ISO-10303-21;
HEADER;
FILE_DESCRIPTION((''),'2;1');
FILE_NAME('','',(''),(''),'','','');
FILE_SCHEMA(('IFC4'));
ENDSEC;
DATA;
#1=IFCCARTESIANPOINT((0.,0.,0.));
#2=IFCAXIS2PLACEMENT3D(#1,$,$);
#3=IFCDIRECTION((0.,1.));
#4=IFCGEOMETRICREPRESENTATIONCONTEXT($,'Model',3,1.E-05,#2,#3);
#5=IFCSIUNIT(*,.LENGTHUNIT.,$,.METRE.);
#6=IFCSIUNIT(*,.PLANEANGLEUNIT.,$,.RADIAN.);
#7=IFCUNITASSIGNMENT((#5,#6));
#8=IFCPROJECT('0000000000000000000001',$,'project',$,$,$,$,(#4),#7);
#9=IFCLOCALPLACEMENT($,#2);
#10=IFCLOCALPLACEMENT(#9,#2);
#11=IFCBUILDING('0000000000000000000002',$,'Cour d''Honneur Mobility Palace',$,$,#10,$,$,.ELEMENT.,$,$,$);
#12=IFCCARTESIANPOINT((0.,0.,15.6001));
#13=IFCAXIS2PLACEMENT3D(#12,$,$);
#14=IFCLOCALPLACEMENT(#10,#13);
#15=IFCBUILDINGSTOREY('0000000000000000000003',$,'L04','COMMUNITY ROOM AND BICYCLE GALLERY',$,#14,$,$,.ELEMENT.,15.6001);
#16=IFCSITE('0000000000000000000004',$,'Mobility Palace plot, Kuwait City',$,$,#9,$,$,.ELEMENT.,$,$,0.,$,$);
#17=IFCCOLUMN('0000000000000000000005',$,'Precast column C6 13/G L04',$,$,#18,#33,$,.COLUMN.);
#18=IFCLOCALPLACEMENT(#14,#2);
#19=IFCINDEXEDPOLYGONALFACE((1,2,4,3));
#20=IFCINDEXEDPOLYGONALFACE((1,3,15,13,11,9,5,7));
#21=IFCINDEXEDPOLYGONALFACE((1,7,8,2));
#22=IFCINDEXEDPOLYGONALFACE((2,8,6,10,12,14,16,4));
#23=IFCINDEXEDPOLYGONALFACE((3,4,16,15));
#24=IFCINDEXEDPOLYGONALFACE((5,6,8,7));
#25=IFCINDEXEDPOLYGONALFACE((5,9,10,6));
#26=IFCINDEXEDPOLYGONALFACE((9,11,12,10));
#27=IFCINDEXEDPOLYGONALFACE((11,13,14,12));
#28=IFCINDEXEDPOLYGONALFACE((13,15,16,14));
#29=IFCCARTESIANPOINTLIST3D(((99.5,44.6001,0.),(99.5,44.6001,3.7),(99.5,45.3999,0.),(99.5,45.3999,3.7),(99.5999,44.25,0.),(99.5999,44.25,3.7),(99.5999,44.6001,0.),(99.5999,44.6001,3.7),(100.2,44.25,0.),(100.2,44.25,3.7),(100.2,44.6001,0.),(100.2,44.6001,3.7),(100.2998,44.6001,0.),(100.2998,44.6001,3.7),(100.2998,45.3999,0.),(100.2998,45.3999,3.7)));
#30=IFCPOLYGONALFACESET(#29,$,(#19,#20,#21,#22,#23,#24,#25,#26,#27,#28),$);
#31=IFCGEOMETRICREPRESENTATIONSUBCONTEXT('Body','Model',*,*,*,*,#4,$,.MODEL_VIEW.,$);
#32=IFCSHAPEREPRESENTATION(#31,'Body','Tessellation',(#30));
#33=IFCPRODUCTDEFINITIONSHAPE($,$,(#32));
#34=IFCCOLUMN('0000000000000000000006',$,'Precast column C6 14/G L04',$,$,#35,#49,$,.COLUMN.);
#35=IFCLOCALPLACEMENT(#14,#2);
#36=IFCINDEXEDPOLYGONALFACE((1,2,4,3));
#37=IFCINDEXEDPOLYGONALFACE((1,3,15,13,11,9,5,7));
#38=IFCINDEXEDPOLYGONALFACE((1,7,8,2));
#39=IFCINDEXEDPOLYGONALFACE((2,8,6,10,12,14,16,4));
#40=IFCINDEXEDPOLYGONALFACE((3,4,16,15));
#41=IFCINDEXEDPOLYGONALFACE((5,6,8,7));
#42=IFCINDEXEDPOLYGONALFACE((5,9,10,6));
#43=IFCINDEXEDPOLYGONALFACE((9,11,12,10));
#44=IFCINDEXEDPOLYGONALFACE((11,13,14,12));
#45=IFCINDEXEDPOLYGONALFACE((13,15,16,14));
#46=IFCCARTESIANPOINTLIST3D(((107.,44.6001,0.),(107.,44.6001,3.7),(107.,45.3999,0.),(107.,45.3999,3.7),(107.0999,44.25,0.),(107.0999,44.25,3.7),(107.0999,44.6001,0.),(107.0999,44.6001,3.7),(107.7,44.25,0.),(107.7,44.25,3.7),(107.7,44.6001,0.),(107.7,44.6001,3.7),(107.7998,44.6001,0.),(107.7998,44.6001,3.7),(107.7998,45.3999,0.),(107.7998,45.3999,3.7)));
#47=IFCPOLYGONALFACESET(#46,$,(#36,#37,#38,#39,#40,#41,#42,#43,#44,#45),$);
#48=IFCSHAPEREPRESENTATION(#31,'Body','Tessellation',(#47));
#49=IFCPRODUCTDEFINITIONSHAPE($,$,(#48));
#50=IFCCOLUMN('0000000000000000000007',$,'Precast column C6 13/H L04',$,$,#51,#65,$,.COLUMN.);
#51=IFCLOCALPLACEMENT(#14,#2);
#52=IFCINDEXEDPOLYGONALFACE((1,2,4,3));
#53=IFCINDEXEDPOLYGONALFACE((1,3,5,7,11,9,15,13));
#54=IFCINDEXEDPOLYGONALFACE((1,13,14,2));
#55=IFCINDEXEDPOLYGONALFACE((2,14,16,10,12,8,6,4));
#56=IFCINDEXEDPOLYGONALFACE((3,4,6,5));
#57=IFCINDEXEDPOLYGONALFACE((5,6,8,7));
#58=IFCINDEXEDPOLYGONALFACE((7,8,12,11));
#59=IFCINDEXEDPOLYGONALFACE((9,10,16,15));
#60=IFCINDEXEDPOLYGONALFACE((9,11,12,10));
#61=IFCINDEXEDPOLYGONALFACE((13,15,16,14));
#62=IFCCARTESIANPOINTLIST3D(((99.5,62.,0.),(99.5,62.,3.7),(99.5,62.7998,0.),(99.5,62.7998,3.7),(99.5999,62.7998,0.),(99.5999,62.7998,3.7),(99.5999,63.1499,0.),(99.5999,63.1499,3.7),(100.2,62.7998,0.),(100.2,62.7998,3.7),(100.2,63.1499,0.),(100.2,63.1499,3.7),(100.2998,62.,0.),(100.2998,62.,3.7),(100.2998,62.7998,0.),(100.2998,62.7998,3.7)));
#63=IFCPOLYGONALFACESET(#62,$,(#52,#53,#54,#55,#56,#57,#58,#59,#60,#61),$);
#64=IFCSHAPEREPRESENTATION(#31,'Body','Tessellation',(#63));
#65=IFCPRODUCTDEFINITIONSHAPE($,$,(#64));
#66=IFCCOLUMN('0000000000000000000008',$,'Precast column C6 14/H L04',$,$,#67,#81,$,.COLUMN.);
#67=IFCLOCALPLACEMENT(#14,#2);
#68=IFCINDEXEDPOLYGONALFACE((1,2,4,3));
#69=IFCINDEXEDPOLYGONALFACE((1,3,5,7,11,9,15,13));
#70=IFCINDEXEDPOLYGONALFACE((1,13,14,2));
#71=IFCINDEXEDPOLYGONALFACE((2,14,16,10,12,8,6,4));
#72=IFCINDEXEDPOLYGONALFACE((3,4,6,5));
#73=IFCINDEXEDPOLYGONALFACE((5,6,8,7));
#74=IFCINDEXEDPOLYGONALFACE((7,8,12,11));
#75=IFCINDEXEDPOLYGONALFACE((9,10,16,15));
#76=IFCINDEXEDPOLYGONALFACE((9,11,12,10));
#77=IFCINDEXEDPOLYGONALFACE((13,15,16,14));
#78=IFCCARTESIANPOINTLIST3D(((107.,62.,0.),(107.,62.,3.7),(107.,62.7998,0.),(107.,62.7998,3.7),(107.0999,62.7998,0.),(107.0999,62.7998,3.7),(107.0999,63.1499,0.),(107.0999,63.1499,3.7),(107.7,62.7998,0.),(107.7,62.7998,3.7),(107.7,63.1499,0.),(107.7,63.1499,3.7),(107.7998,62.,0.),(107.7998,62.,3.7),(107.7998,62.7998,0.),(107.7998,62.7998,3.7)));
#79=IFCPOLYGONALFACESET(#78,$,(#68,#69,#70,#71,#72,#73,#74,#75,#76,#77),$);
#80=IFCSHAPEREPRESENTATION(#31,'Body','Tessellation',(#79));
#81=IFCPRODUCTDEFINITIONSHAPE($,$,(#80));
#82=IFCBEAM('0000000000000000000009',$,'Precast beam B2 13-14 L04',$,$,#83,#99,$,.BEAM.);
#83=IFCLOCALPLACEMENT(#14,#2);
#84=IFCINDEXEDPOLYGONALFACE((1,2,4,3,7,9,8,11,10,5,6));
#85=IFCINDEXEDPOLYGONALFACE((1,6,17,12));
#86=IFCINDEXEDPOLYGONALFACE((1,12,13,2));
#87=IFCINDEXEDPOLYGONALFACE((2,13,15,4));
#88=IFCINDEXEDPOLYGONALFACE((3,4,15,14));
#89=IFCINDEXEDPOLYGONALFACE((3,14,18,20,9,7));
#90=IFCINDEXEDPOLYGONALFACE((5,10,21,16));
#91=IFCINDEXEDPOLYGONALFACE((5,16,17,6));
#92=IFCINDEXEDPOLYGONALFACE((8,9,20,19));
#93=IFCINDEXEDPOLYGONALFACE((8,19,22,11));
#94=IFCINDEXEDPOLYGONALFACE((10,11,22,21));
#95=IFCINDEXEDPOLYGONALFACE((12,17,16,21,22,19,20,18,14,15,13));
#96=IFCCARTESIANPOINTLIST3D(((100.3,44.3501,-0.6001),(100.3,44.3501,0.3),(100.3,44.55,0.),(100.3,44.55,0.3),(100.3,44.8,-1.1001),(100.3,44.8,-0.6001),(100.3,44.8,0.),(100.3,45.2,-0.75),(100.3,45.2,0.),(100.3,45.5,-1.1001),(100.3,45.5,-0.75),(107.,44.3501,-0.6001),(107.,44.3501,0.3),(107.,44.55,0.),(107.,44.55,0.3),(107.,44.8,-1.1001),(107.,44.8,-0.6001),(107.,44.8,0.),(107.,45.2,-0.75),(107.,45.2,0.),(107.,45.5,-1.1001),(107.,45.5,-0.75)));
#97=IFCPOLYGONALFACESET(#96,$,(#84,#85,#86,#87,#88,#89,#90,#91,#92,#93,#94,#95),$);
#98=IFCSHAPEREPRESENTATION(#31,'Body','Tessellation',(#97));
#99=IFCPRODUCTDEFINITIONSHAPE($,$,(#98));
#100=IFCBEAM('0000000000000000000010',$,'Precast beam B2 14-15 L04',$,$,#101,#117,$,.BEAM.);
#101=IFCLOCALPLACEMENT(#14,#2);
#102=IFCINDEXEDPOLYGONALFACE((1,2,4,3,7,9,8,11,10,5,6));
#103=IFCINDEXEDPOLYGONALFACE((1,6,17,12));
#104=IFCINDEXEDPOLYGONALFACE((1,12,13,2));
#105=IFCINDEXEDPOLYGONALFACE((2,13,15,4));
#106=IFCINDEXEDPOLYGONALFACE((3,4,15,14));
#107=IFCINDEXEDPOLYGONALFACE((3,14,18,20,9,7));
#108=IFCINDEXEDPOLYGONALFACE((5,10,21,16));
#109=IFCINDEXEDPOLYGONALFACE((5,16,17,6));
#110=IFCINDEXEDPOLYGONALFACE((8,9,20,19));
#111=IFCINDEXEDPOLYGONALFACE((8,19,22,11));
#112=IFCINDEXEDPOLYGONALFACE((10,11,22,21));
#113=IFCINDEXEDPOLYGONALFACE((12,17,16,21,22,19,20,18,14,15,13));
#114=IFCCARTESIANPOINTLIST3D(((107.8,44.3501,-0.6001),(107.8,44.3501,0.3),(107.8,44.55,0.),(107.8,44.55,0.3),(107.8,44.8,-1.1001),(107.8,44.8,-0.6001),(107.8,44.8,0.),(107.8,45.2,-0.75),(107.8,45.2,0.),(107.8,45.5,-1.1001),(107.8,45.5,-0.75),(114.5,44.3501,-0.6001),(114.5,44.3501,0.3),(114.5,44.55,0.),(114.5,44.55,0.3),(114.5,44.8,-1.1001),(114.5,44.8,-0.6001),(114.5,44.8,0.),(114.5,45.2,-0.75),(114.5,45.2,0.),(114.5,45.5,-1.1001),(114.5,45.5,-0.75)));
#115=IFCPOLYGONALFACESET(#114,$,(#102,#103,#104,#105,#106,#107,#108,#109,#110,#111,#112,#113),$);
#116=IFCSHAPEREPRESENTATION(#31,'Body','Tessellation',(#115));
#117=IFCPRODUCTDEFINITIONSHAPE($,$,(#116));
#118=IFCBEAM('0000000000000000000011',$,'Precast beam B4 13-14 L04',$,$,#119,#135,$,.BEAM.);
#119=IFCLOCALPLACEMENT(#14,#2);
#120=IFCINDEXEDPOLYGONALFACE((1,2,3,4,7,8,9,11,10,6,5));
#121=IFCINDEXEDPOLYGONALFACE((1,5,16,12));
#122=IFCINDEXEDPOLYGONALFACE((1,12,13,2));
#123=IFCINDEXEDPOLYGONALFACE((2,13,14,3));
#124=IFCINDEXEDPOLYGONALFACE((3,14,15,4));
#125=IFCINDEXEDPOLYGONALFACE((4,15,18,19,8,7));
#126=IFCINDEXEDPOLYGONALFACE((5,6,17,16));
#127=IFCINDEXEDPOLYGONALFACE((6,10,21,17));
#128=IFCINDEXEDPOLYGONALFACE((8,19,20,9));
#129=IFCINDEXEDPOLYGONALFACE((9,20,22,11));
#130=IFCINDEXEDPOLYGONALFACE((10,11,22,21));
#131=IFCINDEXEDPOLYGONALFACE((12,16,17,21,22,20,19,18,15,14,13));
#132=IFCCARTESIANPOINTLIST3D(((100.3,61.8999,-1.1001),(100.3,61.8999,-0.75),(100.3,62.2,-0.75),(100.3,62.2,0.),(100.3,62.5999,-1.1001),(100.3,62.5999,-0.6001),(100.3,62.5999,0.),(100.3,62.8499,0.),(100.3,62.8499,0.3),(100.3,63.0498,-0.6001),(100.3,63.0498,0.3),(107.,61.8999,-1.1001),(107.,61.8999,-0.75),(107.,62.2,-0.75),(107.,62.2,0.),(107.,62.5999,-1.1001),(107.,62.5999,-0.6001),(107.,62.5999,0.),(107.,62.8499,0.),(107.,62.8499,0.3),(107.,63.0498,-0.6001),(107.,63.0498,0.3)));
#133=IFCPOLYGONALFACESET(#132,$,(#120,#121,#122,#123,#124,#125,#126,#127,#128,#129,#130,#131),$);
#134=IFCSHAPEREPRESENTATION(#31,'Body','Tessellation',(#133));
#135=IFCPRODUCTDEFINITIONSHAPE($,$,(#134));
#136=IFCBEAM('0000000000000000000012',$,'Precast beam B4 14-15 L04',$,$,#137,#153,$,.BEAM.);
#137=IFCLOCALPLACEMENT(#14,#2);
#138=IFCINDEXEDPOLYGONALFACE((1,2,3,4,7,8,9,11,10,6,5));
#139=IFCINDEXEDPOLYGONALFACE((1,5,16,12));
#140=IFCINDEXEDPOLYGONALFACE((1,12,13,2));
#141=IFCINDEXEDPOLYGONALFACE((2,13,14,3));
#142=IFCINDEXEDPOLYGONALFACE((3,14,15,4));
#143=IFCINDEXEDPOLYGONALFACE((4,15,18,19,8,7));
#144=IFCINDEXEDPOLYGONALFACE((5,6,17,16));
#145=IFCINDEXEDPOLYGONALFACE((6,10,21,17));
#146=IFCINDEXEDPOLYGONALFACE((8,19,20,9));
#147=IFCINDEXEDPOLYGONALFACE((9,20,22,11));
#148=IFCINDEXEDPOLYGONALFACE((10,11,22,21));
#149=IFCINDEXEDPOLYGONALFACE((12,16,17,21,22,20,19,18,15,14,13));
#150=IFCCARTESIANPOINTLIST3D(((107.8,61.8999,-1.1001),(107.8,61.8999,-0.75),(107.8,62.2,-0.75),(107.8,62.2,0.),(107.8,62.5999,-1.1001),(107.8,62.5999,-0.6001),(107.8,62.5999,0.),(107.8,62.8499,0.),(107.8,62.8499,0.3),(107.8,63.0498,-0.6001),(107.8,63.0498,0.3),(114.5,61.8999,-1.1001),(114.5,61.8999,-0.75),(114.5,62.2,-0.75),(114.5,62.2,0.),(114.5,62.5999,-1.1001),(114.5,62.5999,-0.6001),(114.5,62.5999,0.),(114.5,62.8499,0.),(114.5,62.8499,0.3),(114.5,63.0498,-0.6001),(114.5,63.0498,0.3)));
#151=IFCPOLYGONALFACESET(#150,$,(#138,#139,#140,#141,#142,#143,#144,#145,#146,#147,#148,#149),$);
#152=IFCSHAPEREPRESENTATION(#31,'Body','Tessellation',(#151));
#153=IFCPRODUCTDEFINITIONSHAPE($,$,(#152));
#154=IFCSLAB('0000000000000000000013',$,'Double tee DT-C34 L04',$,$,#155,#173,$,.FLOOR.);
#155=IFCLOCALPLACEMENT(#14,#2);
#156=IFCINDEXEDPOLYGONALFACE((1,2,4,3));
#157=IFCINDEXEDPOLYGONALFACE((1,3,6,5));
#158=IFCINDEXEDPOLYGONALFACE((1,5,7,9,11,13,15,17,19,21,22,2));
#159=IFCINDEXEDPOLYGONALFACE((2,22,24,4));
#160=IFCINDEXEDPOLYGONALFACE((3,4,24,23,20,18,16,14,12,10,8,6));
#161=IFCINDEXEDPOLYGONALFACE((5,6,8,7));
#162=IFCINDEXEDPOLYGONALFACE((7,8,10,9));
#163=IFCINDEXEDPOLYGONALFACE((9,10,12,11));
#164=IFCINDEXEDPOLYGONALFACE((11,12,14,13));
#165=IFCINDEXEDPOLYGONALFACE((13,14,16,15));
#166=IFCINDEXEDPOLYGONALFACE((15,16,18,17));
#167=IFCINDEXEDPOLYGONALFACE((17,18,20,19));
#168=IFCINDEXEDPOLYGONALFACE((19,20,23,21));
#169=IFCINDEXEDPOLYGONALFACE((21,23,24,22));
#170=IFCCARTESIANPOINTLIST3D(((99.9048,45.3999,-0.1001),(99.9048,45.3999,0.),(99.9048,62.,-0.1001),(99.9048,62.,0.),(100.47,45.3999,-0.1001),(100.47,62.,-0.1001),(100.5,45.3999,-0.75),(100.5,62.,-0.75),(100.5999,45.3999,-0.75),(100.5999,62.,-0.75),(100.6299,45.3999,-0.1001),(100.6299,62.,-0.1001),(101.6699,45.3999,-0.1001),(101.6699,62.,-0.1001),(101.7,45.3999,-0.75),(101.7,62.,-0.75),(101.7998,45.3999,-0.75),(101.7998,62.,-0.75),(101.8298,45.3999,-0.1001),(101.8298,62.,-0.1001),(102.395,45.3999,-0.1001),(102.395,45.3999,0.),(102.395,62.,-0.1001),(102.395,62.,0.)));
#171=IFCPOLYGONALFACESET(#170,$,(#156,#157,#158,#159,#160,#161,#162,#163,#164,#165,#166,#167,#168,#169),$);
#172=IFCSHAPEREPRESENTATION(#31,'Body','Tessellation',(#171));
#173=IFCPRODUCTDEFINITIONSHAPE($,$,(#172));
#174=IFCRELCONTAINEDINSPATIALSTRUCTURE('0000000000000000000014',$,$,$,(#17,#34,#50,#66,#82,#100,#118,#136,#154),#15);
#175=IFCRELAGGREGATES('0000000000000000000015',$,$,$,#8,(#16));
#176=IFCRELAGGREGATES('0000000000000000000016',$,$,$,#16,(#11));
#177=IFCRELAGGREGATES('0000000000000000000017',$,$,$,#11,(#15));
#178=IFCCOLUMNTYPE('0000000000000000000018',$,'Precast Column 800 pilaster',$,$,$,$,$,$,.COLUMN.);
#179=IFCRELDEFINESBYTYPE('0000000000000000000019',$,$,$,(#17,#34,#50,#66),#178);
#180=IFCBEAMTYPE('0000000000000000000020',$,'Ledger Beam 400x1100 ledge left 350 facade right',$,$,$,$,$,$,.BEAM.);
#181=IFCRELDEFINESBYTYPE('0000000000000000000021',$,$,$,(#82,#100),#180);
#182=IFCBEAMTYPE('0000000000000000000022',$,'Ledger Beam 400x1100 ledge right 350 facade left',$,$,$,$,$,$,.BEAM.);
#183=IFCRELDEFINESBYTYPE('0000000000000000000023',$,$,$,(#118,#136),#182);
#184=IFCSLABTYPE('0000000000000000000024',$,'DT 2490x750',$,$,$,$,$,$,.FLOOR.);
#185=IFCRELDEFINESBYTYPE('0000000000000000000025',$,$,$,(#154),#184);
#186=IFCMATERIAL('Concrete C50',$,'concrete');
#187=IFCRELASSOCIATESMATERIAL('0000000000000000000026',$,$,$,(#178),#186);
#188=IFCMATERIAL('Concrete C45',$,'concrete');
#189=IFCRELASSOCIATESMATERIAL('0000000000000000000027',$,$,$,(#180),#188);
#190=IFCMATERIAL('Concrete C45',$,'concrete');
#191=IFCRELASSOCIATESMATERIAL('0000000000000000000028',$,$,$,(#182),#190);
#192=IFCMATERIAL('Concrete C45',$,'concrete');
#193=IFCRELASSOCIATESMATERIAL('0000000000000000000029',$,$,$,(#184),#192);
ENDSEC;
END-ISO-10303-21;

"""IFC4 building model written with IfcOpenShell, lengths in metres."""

from ifc_helpers import new_model, si_unit, direction, frame, origin, place, context, subcontext, project, spatial, polyline, outline, extrude, material, material_profile, profile_set, type_object, element, save


model = new_model("IFC4")

# Units and contexts
model_context = context("Model", 3, precision=1e-05, world=origin(), true_north=direction((0.0, 1.0)))
body_context = subcontext(model_context, "Body", "Model", "MODEL_VIEW")
ifc_project = project(units=[si_unit("LENGTHUNIT", "METRE"), si_unit("PLANEANGLEUNIT", "RADIAN")], contexts=[model_context])

# Site, building, storey
site_placement = place(None, origin())
site = spatial("IfcSite", under=ifc_project, at=site_placement, Name="Mobility Palace plot, Kuwait City", CompositionType="ELEMENT", RefElevation=0.0)
building_placement = place(site_placement, origin())
building = spatial("IfcBuilding", under=site, at=building_placement, Name="Cour d'Honneur Mobility Palace", CompositionType="ELEMENT")
storey_placement = place(building_placement, frame((0.0, 0.0, 15.6001)))
storey = spatial("IfcBuildingStorey", under=building, at=storey_placement, Name="L04", Description="COMMUNITY ROOM AND BICYCLE GALLERY", CompositionType="ELEMENT", Elevation=15.6001)

# Columns
ifc_material_1 = material(Name="Concrete C50", Category="concrete")
ifc_material_profile_1 = material_profile(ifc_material_1, outline(polyline([(-0.3999, -0.3999), (0.3999, -0.3999), (0.3999, -0.3), (0.75, -0.3), (0.75, 0.3), (0.3999, 0.3), (0.3999, 0.3999), (-0.3999, 0.3999), (-0.3999, -0.3999)])), Name="PC C800 pilaster")
ifc_profile_set_1 = profile_set([ifc_material_profile_1], Name="Concrete C50")
column_type = type_object("IfcColumnType", Name="Precast Column 800 pilaster", PredefinedType="COLUMN", material=ifc_profile_set_1)
for number, where, z_axis, x_axis, name in (
    (1, (99.8999, 45.0, 0.0), (0.0, 0.0, 1.0), (0.0, -1.0, 0.0), "Precast column C6 13/G L04"),
    (2, (107.3999, 45.0, 0.0), (0.0, 0.0, 1.0), (0.0, -1.0, 0.0), "Precast column C6 14/G L04"),
    (3, (99.8999, 62.3999, 0.0), (0.0, 0.0, 1.0), (0.0, 1.0, 0.0), "Precast column C6 13/H L04"),
    (4, (107.3999, 62.3999, 0.0), (0.0, 0.0, 1.0), (0.0, 1.0, 0.0), "Precast column C6 14/H L04"),
):
    element("IfcColumn", number, at=place(storey_placement, frame(where, z_axis=z_axis, x_axis=x_axis)), inside=storey, type_object=column_type, Name=name, PredefinedType="COLUMN", context=body_context, shape_type="SweptSolid", body=[
        extrude(outline(polyline([(-0.3999, -0.3999), (0.3999, -0.3999), (0.3999, -0.3), (0.75, -0.3), (0.75, 0.3), (0.3999, 0.3), (0.3999, 0.3999), (-0.3999, 0.3999), (-0.3999, -0.3999)])), origin(), (0.0, 0.0, 1.0), 3.7),
    ])

# Beams
ifc_material_2 = material(Name="Concrete C45", Category="concrete")
ifc_material_profile_2 = material_profile(ifc_material_2, outline(polyline([(0.5, -1.1001), (0.5, -0.75), (0.2, -0.75), (0.2, 0.0), (-0.2, 0.0), (-0.45, 0.0), (-0.45, 0.3), (-0.6499, 0.3), (-0.6499, -0.6001), (-0.2, -0.6001), (-0.2, -1.1001), (0.5, -1.1001)])), Name="Ledger Beam 400x1100 ledge left 350 facade right")
ifc_profile_set_2 = profile_set([ifc_material_profile_2], Name="Concrete C45")
beam_type_1 = type_object("IfcBeamType", Name="Ledger Beam 400x1100 ledge left 350 facade right", PredefinedType="BEAM", material=ifc_profile_set_2)
for number, where, z_axis, x_axis, name in (
    (5, (100.3, 45.0, 0.0), (1.0, 0.0, 0.0), (0.0, 1.0, 0.0), "Precast beam B2 13-14 L04"),
    (6, (107.8, 45.0, 0.0), (1.0, 0.0, 0.0), (0.0, 1.0, 0.0), "Precast beam B2 14-15 L04"),
):
    element("IfcBeam", number, at=place(storey_placement, frame(where, z_axis=z_axis, x_axis=x_axis)), inside=storey, type_object=beam_type_1, Name=name, PredefinedType="BEAM", context=body_context, shape_type="SweptSolid", body=[
        extrude(outline(polyline([(0.5, -1.1001), (0.5, -0.75), (0.2, -0.75), (0.2, 0.0), (-0.2, 0.0), (-0.45, 0.0), (-0.45, 0.3), (-0.6499, 0.3), (-0.6499, -0.6001), (-0.2, -0.6001), (-0.2, -1.1001), (0.5, -1.1001)])), origin(), (0.0, 0.0, 1.0), 6.7),
    ])
ifc_material_3 = material(Name="Concrete C45", Category="concrete")
ifc_material_profile_3 = material_profile(ifc_material_3, outline(polyline([(0.2, -1.1001), (0.2, -0.6001), (0.6499, -0.6001), (0.6499, 0.3), (0.45, 0.3), (0.45, 0.0), (0.2, 0.0), (-0.2, 0.0), (-0.2, -0.75), (-0.5, -0.75), (-0.5, -1.1001), (0.2, -1.1001)])), Name="Ledger Beam 400x1100 ledge right 350 facade left")
ifc_profile_set_3 = profile_set([ifc_material_profile_3], Name="Concrete C45")
beam_type_2 = type_object("IfcBeamType", Name="Ledger Beam 400x1100 ledge right 350 facade left", PredefinedType="BEAM", material=ifc_profile_set_3)
for number, where, z_axis, x_axis, name in (
    (7, (100.3, 62.3999, 0.0), (1.0, 0.0, 0.0), (0.0, 1.0, 0.0), "Precast beam B4 13-14 L04"),
    (8, (107.8, 62.3999, 0.0), (1.0, 0.0, 0.0), (0.0, 1.0, 0.0), "Precast beam B4 14-15 L04"),
):
    element("IfcBeam", number, at=place(storey_placement, frame(where, z_axis=z_axis, x_axis=x_axis)), inside=storey, type_object=beam_type_2, Name=name, PredefinedType="BEAM", context=body_context, shape_type="SweptSolid", body=[
        extrude(outline(polyline([(0.2, -1.1001), (0.2, -0.6001), (0.6499, -0.6001), (0.6499, 0.3), (0.45, 0.3), (0.45, 0.0), (0.2, 0.0), (-0.2, 0.0), (-0.2, -0.75), (-0.5, -0.75), (-0.5, -1.1001), (0.2, -1.1001)])), origin(), (0.0, 0.0, 1.0), 6.7),
    ])

# Slab
ifc_material_4 = material(Name="Concrete C45", Category="concrete")
ifc_material_profile_4 = material_profile(ifc_material_4, outline(polyline([(-1.2451, 0.0), (1.2451, 0.0), (1.2451, -0.1001), (0.6799, -0.1001), (0.6499, -0.75), (0.55, -0.75), (0.52, -0.1001), (-0.52, -0.1001), (-0.55, -0.75), (-0.6499, -0.75), (-0.6799, -0.1001), (-1.2451, -0.1001), (-1.2451, 0.0)])), Name="DT 2490x750")
ifc_profile_set_4 = profile_set([ifc_material_profile_4], Name="Concrete C45")
slab_type = type_object("IfcSlabType", Name="DT 2490x750", PredefinedType="FLOOR", material=ifc_profile_set_4)
slab_1_placement = place(storey_placement, frame((101.1499, 45.3999, 0.0), z_axis=(0.0, 1.0, 0.0), x_axis=(-1.0, 0.0, 0.0)))
element("IfcSlab", 9, at=slab_1_placement, inside=storey, type_object=slab_type, Name="Double tee DT-C34 L04", PredefinedType="FLOOR", context=body_context, shape_type="SweptSolid", body=[
    extrude(outline(polyline([(-1.2451, 0.0), (1.2451, 0.0), (1.2451, -0.1001), (0.6799, -0.1001), (0.6499, -0.75), (0.55, -0.75), (0.52, -0.1001), (-0.52, -0.1001), (-0.55, -0.75), (-0.6499, -0.75), (-0.6799, -0.1001), (-1.2451, -0.1001), (-1.2451, 0.0)])), origin(), (0.0, 0.0, 1.0), 16.6001),
])

save(model, "model.ifc")
